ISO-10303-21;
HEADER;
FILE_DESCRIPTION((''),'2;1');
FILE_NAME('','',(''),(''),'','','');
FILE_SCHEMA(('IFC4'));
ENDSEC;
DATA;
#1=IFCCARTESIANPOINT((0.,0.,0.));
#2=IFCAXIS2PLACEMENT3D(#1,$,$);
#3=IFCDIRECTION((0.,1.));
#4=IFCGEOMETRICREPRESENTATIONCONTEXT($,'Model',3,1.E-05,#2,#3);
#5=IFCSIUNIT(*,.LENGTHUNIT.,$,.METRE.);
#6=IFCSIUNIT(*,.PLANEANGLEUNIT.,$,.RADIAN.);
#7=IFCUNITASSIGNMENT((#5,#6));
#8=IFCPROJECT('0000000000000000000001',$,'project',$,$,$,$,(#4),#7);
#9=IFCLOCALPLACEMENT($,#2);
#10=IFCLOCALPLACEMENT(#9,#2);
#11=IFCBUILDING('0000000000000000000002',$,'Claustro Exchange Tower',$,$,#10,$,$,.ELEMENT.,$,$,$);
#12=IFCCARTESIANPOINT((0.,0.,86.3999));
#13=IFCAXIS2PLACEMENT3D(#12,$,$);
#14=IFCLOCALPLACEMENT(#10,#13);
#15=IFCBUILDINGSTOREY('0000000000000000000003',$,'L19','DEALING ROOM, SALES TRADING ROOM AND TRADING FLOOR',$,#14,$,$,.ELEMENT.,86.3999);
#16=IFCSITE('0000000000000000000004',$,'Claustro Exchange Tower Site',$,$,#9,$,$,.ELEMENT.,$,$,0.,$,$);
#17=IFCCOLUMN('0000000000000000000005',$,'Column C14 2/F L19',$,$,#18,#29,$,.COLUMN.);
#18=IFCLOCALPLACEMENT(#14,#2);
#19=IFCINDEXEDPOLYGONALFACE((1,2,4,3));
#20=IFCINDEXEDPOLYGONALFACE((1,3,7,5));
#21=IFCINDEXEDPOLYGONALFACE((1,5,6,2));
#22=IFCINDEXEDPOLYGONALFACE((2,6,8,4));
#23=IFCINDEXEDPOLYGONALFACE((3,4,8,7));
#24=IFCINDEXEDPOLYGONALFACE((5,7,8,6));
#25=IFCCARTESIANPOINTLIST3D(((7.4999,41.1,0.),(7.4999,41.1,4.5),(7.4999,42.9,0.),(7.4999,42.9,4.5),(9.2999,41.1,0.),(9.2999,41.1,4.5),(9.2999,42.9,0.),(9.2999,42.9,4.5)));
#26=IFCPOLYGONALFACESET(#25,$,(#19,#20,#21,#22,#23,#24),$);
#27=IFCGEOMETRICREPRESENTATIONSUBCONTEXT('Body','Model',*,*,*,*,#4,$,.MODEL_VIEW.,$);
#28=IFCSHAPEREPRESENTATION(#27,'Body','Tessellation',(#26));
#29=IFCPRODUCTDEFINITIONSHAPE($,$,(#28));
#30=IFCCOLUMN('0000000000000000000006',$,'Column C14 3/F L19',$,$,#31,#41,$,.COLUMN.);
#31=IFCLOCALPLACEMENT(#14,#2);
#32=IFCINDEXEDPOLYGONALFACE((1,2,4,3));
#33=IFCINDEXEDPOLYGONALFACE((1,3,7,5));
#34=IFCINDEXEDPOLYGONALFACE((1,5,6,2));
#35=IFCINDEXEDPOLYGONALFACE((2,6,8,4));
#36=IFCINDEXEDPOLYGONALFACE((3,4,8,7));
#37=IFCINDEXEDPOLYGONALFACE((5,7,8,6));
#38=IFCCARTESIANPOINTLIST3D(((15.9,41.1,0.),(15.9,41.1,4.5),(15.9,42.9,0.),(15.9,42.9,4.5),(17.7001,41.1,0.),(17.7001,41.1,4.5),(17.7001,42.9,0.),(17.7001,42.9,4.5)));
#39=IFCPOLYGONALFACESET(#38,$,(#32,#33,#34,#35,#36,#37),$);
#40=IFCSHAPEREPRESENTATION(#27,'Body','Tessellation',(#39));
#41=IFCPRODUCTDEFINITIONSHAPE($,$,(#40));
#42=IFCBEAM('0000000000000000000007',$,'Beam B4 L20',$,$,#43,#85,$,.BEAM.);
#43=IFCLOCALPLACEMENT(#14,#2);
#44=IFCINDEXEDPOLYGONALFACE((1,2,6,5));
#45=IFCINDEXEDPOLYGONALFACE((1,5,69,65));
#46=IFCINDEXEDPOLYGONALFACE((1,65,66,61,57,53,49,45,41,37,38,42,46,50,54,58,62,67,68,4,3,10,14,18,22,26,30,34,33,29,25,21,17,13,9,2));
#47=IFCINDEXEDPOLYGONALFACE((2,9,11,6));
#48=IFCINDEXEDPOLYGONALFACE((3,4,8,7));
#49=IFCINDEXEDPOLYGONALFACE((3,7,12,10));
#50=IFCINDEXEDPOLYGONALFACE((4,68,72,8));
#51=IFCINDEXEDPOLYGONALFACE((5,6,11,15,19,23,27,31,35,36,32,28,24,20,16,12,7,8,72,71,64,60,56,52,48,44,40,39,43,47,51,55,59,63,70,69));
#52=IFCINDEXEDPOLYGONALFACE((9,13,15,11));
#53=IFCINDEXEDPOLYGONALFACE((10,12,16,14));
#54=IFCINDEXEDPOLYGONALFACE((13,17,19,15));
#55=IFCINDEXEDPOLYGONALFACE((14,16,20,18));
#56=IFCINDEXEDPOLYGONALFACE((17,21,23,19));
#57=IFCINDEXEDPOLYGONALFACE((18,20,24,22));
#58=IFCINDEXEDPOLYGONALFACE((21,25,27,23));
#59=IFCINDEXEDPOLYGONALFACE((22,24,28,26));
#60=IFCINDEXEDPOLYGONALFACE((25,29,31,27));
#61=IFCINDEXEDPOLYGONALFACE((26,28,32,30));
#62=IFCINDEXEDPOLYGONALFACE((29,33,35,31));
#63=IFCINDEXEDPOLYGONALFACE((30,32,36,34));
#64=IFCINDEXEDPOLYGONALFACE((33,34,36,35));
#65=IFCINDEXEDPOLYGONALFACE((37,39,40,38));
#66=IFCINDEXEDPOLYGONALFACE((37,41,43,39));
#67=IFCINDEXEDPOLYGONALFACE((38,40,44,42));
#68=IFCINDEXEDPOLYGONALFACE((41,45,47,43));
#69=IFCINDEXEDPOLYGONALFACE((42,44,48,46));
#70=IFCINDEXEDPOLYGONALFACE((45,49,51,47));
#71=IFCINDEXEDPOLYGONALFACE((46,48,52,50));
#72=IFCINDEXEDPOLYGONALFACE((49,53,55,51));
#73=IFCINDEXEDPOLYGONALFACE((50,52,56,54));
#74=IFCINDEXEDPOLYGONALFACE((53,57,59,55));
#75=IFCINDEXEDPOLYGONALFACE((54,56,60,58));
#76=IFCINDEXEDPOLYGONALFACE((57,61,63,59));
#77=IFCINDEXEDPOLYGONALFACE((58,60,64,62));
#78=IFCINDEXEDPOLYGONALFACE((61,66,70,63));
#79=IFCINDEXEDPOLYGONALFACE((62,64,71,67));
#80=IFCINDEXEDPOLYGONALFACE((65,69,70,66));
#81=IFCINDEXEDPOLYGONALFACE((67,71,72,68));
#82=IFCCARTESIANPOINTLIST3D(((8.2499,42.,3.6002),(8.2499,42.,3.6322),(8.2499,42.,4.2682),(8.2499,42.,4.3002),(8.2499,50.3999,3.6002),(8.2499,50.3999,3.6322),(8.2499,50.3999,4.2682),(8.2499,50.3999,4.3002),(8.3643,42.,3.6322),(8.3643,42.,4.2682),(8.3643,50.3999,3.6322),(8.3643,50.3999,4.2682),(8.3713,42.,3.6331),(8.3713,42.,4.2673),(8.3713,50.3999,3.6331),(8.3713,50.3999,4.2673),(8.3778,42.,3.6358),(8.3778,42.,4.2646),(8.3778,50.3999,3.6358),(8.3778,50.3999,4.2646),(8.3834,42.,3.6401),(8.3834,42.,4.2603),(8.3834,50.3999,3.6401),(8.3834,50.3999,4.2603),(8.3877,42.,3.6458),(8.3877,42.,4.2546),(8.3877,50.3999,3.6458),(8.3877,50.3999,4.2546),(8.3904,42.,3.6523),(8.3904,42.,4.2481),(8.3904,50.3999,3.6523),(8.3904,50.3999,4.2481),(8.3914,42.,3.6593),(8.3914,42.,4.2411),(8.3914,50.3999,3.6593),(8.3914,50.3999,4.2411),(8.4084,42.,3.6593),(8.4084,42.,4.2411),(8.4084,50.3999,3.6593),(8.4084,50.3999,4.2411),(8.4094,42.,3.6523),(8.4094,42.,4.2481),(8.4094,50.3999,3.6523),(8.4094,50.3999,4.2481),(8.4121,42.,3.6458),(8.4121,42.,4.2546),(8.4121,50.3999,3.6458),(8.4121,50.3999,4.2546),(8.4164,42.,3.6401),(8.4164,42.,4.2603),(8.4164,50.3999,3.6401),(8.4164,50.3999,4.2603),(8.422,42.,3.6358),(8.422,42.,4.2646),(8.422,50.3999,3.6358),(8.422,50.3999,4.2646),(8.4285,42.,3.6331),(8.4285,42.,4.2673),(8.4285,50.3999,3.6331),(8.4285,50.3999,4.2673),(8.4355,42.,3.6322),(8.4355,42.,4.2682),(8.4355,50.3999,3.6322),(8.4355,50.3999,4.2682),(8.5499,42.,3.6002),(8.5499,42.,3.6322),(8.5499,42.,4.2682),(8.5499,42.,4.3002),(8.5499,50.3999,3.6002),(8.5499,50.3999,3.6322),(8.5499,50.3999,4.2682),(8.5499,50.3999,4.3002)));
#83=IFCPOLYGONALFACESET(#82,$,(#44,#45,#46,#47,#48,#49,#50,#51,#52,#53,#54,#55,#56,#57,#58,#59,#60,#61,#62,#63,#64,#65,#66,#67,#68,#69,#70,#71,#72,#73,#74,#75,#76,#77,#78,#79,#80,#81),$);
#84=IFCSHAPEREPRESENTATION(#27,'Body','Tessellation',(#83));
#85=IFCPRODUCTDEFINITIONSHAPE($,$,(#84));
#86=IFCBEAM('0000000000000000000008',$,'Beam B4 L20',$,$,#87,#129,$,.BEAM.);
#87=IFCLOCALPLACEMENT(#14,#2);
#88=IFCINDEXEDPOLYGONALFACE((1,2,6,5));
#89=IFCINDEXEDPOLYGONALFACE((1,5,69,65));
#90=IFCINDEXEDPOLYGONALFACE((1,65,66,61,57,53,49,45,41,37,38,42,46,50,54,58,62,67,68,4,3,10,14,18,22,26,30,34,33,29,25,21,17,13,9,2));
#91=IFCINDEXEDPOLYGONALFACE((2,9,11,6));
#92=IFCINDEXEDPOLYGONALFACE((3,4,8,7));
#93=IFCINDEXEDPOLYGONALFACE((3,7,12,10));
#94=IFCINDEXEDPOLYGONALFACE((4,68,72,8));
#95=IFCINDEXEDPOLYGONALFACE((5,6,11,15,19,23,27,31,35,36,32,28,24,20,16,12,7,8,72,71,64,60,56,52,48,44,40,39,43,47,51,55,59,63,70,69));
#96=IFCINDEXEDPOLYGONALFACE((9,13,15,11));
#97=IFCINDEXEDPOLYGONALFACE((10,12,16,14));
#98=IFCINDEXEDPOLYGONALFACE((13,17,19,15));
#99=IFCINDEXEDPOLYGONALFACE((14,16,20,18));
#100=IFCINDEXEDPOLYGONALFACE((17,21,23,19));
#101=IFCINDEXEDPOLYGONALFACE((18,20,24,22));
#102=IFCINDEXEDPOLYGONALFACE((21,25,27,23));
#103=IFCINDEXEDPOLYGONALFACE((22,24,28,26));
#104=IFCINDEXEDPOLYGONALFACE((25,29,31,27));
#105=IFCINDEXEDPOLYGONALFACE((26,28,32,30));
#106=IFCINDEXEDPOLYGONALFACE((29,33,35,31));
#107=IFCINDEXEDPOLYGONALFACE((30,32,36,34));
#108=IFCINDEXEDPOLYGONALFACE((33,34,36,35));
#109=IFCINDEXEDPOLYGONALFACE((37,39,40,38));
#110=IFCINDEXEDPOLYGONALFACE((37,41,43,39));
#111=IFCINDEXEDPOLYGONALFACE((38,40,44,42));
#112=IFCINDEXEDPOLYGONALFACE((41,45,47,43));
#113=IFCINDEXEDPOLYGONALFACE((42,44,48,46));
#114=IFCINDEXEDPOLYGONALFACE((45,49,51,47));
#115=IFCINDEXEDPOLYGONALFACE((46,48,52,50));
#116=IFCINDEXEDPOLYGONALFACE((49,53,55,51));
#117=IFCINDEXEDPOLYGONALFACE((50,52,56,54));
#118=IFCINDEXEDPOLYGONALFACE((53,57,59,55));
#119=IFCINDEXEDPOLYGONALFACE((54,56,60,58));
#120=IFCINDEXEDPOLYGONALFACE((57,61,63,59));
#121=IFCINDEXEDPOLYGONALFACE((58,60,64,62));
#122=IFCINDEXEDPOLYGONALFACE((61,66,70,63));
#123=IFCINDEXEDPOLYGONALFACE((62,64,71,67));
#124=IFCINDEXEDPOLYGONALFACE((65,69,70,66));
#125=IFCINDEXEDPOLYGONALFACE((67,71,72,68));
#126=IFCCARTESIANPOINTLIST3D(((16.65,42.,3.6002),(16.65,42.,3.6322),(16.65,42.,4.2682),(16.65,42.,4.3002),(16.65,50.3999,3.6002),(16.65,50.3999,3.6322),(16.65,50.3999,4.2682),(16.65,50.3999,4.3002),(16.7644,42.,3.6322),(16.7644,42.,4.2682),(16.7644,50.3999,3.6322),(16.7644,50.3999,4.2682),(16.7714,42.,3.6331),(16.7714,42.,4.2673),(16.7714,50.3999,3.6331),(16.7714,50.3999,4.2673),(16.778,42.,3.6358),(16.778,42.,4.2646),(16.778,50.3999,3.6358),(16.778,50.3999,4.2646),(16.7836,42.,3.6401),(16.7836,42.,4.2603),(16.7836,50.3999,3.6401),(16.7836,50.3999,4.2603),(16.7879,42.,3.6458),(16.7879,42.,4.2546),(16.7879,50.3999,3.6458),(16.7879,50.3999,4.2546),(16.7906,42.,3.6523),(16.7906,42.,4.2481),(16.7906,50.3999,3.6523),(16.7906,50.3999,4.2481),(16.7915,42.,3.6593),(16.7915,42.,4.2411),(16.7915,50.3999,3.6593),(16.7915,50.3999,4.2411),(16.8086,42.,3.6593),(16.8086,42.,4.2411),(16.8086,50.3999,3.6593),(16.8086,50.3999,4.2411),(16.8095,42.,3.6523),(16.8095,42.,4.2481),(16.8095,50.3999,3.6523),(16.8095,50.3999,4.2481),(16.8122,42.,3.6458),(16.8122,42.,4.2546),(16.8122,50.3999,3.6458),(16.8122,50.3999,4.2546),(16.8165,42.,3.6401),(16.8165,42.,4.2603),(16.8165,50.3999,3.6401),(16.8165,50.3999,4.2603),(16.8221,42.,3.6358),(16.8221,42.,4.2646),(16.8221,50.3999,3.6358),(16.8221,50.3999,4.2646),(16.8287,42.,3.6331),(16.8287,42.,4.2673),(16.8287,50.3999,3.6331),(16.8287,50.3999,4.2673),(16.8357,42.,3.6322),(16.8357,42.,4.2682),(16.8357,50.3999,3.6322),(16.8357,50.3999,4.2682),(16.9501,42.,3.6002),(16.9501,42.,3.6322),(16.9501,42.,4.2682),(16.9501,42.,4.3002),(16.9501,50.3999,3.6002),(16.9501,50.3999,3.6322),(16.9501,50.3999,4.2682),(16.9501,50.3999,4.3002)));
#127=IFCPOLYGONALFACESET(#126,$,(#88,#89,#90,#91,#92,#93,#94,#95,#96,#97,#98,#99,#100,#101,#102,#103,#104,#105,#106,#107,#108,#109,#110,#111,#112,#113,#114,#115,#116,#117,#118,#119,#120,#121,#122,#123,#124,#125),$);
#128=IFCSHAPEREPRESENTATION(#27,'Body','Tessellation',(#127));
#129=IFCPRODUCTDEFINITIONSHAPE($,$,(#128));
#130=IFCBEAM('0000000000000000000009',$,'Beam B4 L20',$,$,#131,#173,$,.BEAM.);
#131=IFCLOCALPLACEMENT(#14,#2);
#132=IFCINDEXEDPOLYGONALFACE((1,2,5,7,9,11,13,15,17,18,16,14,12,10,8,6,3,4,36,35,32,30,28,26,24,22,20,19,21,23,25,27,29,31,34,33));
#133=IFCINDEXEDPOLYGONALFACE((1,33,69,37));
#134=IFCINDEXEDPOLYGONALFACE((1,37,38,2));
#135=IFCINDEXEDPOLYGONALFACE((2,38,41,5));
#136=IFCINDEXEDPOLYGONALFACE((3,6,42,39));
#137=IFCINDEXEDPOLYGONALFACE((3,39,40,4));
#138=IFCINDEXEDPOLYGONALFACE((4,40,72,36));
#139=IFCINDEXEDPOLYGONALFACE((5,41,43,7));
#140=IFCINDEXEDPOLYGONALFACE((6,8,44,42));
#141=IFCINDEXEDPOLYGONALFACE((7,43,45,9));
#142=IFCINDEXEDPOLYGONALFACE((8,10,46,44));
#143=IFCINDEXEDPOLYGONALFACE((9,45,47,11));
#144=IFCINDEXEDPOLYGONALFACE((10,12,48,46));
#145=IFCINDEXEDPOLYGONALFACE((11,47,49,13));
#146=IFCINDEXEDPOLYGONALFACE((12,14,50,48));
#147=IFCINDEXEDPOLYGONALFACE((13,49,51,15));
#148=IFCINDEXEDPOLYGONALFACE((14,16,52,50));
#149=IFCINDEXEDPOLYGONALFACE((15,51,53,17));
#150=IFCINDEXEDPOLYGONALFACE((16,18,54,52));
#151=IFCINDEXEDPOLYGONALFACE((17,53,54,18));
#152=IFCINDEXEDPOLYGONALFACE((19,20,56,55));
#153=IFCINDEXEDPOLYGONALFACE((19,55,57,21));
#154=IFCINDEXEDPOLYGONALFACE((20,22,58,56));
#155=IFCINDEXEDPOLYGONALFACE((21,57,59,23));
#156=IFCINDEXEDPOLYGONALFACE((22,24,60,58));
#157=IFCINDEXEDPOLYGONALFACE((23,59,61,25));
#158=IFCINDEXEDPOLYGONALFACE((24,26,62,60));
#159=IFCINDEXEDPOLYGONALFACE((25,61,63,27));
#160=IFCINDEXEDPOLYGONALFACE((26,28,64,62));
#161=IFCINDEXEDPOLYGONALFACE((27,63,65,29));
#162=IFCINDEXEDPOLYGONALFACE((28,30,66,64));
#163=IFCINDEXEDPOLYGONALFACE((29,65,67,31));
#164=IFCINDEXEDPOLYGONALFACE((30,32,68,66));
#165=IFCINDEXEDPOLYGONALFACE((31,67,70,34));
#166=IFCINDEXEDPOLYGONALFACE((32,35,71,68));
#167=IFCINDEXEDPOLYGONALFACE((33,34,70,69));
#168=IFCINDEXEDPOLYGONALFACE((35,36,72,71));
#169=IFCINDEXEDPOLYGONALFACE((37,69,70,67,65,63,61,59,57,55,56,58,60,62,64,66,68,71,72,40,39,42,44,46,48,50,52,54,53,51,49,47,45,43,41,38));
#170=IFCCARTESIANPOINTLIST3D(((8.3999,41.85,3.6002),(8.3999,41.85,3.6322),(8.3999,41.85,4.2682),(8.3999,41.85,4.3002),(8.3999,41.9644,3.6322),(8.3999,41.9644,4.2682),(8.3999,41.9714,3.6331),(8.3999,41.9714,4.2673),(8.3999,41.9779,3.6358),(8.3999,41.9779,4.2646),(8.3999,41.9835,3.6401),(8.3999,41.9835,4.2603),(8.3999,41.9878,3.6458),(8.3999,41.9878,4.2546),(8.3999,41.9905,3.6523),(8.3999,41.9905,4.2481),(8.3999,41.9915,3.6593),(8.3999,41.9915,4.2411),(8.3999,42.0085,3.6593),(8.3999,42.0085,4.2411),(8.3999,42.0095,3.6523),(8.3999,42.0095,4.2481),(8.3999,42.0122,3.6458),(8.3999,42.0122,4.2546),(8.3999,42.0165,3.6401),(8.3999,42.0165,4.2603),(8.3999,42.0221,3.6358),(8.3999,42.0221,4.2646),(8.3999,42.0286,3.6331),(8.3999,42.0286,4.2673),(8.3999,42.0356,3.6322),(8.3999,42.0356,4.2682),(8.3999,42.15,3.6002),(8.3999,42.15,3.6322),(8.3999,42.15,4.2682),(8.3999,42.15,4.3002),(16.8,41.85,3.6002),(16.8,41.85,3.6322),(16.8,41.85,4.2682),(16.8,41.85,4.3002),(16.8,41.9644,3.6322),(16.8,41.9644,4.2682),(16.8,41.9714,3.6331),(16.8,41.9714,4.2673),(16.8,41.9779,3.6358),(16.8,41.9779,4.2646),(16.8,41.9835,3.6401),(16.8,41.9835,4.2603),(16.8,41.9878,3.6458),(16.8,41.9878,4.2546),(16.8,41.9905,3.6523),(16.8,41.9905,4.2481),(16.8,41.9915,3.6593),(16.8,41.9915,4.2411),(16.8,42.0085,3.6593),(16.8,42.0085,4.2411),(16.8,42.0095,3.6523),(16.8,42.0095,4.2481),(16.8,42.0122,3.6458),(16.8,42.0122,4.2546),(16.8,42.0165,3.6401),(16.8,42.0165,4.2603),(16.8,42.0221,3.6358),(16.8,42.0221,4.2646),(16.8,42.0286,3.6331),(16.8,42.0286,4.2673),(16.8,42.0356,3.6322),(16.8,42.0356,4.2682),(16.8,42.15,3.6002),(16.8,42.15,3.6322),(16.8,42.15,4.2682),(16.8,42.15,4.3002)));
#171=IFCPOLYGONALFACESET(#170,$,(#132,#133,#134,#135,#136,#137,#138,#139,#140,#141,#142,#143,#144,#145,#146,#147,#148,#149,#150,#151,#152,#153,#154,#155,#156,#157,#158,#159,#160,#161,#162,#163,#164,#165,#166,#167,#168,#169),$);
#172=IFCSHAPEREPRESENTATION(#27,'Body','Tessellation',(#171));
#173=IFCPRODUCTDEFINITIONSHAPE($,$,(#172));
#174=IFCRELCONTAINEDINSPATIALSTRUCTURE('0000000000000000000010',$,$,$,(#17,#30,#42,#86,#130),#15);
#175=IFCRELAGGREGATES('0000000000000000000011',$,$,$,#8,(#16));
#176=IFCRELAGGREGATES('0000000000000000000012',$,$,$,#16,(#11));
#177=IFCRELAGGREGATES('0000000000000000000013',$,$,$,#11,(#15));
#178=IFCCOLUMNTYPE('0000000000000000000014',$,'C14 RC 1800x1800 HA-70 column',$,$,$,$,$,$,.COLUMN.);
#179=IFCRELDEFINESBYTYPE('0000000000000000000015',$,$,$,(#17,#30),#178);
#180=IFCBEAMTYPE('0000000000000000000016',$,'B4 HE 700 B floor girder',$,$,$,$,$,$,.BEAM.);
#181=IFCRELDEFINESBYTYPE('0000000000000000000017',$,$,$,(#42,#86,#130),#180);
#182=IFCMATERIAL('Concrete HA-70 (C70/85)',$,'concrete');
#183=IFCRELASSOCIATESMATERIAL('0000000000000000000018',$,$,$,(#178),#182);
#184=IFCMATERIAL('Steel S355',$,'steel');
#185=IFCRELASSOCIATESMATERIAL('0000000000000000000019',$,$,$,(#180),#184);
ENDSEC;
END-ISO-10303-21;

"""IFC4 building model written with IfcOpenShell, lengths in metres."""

from ifc_helpers import new_model, si_unit, direction, frame, origin, origin_2d, place, context, subcontext, project, spatial, rectangle, i_section, extrude, material, material_profile, profile_set, type_object, element, save


model = new_model("IFC4")

# Units and contexts
model_context = context("Model", 3, precision=1e-05, world=origin(), true_north=direction((0.0, 1.0)))
body_context = subcontext(model_context, "Body", "Model", "MODEL_VIEW")
ifc_project = project(units=[si_unit("LENGTHUNIT", "METRE"), si_unit("PLANEANGLEUNIT", "RADIAN")], contexts=[model_context])

# Site, building, storey
site_placement = place(None, origin())
site = spatial("IfcSite", under=ifc_project, at=site_placement, Name="Claustro Exchange Tower Site", CompositionType="ELEMENT", RefElevation=0.0)
building_placement = place(site_placement, origin())
building = spatial("IfcBuilding", under=site, at=building_placement, Name="Claustro Exchange Tower", CompositionType="ELEMENT")
storey_placement = place(building_placement, frame((0.0, 0.0, 86.3999)))
storey = spatial("IfcBuildingStorey", under=building, at=storey_placement, Name="L19", Description="DEALING ROOM, SALES TRADING ROOM AND TRADING FLOOR", CompositionType="ELEMENT", Elevation=86.3999)

# Columns
ifc_material_1 = material(Name="Concrete HA-70 (C70/85)", Category="concrete")
ifc_material_profile_1 = material_profile(ifc_material_1, rectangle(XDim=1.8, YDim=1.8, at=origin_2d()), Name="RC 1800x1800")
ifc_profile_set_1 = profile_set([ifc_material_profile_1], Name="Concrete HA-70 (C70/85)")
column_type = type_object("IfcColumnType", Name="C14 RC 1800x1800 HA-70 column", PredefinedType="COLUMN", material=ifc_profile_set_1)
for number, where, z_axis, x_axis, name in (
    (1, (8.3999, 42.0, 0.0), (0.0, 0.0, 1.0), (1.0, 0.0, 0.0), "Column C14 2/F L19"),
    (2, (16.8, 42.0, 0.0), (0.0, 0.0, 1.0), (1.0, 0.0, 0.0), "Column C14 3/F L19"),
):
    element("IfcColumn", number, at=place(storey_placement, frame(where, z_axis=z_axis, x_axis=x_axis)), inside=storey, type_object=column_type, Name=name, PredefinedType="COLUMN", context=body_context, shape_type="SweptSolid", body=[
        extrude(rectangle(XDim=1.8, YDim=1.8, at=origin_2d()), origin(), (0.0, 0.0, 1.0), 4.5),
    ])

# Beams
ifc_material_2 = material(Name="Steel S355", Category="steel")
ifc_material_profile_2 = material_profile(ifc_material_2, i_section(OverallWidth=0.3, OverallDepth=0.7, WebThickness=0.0171, FlangeThickness=0.032, FilletRadius=0.0271, at=origin_2d()), Name="HE 700 B")
ifc_profile_set_2 = profile_set([ifc_material_profile_2], Name="Steel S355")
beam_type_1 = type_object("IfcBeamType", Name="B4 HE 700 B floor girder", PredefinedType="BEAM", material=ifc_profile_set_2)
for number, where, z_axis, x_axis, name in (
    (3, (8.3999, 42.0, 3.9502), (0.0, 1.0, 0.0), (-1.0, 0.0, 0.0), "Beam B4 L20"),
    (4, (16.8, 42.0, 3.9502), (0.0, 1.0, 0.0), (-1.0, 0.0, 0.0), "Beam B4 L20"),
):
    element("IfcBeam", number, at=place(storey_placement, frame(where, z_axis=z_axis, x_axis=x_axis)), inside=storey, type_object=beam_type_1, Name=name, PredefinedType="BEAM", context=body_context, shape_type="SweptSolid", body=[
        extrude(i_section(OverallWidth=0.3, OverallDepth=0.7, WebThickness=0.0171, FlangeThickness=0.032, FilletRadius=0.0271, at=origin_2d()), origin(), (0.0, 0.0, 1.0), 8.3999),
    ])
beam_1_placement = place(storey_placement, frame((8.3999, 42.0, 3.9502), z_axis=(1.0, 0.0, 0.0), x_axis=(0.0, 1.0, 0.0)))
element("IfcBeam", 5, at=beam_1_placement, inside=storey, type_object=beam_type_1, Name="Beam B4 L20", PredefinedType="BEAM", context=body_context, shape_type="SweptSolid", body=[
    extrude(i_section(OverallWidth=0.3, OverallDepth=0.7, WebThickness=0.0171, FlangeThickness=0.032, FilletRadius=0.0271, at=origin_2d()), origin(), (0.0, 0.0, 1.0), 8.4001),
])

save(model, "model.ifc")
